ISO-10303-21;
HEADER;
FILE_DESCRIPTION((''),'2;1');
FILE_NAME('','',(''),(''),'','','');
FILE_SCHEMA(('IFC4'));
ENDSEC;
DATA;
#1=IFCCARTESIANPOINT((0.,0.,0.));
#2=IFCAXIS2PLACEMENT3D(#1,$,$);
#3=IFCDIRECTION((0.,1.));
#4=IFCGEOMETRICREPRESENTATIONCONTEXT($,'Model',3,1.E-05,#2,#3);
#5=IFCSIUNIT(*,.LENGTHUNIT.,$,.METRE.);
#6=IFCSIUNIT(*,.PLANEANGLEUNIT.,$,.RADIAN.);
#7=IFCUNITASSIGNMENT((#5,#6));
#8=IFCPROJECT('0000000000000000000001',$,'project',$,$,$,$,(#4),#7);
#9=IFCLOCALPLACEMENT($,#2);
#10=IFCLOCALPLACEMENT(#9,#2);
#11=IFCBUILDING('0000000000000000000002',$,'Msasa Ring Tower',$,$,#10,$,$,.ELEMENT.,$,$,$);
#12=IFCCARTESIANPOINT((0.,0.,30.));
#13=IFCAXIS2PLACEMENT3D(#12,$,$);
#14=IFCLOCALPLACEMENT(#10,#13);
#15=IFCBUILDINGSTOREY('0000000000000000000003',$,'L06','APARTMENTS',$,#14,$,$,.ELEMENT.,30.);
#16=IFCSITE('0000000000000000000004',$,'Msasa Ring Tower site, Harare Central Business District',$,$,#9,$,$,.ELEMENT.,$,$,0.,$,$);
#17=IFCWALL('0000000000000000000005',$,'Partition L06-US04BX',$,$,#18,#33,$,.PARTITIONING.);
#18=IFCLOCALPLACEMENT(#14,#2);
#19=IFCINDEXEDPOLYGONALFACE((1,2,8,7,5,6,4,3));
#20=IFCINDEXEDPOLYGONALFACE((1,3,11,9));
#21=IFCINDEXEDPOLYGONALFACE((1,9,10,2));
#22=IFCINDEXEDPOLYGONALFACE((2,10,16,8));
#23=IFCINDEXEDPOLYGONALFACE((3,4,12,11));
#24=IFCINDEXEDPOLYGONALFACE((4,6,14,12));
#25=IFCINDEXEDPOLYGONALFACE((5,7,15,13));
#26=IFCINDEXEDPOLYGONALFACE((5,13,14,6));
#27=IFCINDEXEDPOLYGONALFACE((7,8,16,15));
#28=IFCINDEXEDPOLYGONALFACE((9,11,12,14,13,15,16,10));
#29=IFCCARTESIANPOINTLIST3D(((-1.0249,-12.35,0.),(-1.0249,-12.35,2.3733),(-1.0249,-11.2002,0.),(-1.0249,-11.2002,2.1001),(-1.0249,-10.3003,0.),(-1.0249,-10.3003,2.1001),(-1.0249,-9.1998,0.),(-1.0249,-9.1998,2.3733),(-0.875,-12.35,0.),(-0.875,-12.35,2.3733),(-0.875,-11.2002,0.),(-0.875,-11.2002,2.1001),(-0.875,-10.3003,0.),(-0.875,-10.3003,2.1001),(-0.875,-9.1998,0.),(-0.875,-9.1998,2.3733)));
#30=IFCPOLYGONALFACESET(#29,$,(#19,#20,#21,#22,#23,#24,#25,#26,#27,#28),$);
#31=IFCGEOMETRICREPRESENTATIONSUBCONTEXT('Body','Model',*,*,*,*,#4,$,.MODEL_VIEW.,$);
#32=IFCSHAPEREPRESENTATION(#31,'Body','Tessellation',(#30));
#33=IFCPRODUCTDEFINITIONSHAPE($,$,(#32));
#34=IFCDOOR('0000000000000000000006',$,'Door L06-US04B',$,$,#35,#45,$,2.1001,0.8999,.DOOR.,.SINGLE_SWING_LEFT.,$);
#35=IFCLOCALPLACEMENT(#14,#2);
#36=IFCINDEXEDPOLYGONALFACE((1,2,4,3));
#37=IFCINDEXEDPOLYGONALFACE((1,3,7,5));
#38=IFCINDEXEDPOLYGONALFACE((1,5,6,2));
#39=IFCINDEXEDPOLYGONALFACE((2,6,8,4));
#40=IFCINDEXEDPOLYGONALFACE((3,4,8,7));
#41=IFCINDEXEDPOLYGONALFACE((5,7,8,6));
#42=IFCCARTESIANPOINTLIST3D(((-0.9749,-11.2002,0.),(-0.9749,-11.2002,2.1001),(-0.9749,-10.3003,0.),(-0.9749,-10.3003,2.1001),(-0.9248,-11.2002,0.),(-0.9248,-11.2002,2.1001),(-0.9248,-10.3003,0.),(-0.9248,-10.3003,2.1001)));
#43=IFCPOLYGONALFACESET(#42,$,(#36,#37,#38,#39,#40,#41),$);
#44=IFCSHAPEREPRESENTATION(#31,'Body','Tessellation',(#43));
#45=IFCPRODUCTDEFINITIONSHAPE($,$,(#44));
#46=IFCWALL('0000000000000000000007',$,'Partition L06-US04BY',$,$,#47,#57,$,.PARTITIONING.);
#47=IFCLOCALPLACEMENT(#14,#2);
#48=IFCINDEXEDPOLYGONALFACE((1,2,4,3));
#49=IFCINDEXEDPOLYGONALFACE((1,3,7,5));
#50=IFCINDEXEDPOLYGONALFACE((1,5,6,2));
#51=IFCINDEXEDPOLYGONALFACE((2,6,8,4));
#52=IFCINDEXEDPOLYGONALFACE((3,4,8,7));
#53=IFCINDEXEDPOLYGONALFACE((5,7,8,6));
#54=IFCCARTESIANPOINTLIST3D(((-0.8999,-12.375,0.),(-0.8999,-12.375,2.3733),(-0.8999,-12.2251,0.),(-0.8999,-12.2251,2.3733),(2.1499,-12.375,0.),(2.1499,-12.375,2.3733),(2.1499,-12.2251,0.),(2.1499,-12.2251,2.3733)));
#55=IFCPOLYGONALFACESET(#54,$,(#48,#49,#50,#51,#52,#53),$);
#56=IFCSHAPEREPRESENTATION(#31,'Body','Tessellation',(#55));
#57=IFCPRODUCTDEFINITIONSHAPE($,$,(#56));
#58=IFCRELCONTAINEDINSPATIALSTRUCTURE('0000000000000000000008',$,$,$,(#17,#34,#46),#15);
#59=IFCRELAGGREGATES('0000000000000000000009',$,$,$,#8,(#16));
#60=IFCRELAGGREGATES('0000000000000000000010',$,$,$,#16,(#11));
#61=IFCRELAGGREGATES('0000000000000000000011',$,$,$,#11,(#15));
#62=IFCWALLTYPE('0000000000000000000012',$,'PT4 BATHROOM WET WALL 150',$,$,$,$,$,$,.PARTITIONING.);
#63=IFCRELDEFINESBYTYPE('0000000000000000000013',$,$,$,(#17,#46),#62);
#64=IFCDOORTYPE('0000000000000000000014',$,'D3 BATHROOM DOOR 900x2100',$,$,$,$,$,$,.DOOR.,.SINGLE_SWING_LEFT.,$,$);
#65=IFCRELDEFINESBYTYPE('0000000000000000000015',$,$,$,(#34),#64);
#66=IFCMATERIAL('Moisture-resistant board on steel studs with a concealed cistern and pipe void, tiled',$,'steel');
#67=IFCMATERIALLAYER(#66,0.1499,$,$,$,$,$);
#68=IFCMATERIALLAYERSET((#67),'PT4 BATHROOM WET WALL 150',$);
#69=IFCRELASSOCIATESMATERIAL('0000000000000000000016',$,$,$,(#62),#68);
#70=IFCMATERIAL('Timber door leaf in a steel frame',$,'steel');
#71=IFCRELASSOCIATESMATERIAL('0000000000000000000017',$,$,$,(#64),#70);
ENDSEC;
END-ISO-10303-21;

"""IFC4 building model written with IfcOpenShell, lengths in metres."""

from ifc_helpers import new_model, si_unit, direction, frame, frame_2d, origin, place, context, subcontext, project, spatial, rectangle, extrude, material, layer, layer_set, type_object, element, fill, save


model = new_model("IFC4")

# Units and contexts
model_context = context("Model", 3, precision=1e-05, world=origin(), true_north=direction((0.0, 1.0)))
body_context = subcontext(model_context, "Body", "Model", "MODEL_VIEW")
ifc_project = project(units=[si_unit("LENGTHUNIT", "METRE"), si_unit("PLANEANGLEUNIT", "RADIAN")], contexts=[model_context])

# Site, building, storey
site_placement = place(None, origin())
site = spatial("IfcSite", under=ifc_project, at=site_placement, Name="Msasa Ring Tower site, Harare Central Business District", CompositionType="ELEMENT", RefElevation=0.0)
building_placement = place(site_placement, origin())
building = spatial("IfcBuilding", under=site, at=building_placement, Name="Msasa Ring Tower", CompositionType="ELEMENT")
storey_placement = place(building_placement, frame((0.0, 0.0, 30.0)))
storey = spatial("IfcBuildingStorey", under=building, at=storey_placement, Name="L06", Description="APARTMENTS", CompositionType="ELEMENT", Elevation=30.0)

# Shared definitions
ifc_material_1 = material(Name="Moisture-resistant board on steel studs with a concealed cistern and pipe void, tiled", Category="steel")
ifc_layer_1 = layer(ifc_material_1, 0.1499)
ifc_layer_set_1 = layer_set([ifc_layer_1], Name="PT4 BATHROOM WET WALL 150")
wall_type_1 = type_object("IfcWallType", Name="PT4 BATHROOM WET WALL 150", PredefinedType="PARTITIONING", material=ifc_layer_set_1)
ifc_material_2 = material(Name="Timber door leaf in a steel frame", Category="steel")
door_type_1 = type_object("IfcDoorType", Name="D3 BATHROOM DOOR 900x2100", OperationType="SINGLE_SWING_LEFT", PredefinedType="DOOR", material=ifc_material_2)

# Wall, opening, door
wall_1_placement = place(storey_placement, frame((-0.95, -12.3501, 0.0), z_axis=(0.0, 0.0, 1.0), x_axis=(0.0, 1.0, 0.0)))
wall_1 = element("IfcWall", 1, at=wall_1_placement, inside=storey, type_object=wall_type_1, Name="Partition L06-US04BX", PredefinedType="PARTITIONING", context=body_context, shape_type="SweptSolid", body=[
    extrude(rectangle(XDim=3.1501, YDim=0.1499, at=frame_2d((1.5752, 0.0))), origin(), (0.0, 0.0, 1.0), 2.3733),
])
opening_1_placement = place(wall_1_placement, frame((1.1499, 0.0, 0.0)))
opening_1 = element("IfcOpeningElement", 2, at=opening_1_placement, cuts=wall_1, PredefinedType="OPENING", context=body_context, shape_type="SweptSolid", body=[
    extrude(rectangle(XDim=0.8999, YDim=2.1001, at=frame_2d((0.45, 1.05))), frame((0.0, 0.085, 0.0), z_axis=(0.0, -1.0, 0.0), x_axis=(1.0, 0.0, 0.0)), (0.0, 0.0, 1.0), 0.1699),
])
door_1_placement = place(opening_1_placement, origin())
door_1 = element("IfcDoor", 3, at=door_1_placement, inside=storey, type_object=door_type_1, Name="Door L06-US04B", OperationType="SINGLE_SWING_LEFT", OverallHeight=2.1001, OverallWidth=0.8999, PredefinedType="DOOR", context=body_context, shape_type="SweptSolid", body=[
    extrude(rectangle(XDim=0.8999, YDim=2.1001, at=frame_2d((0.45, 1.05))), frame((0.0, 0.0249, 0.0), z_axis=(0.0, -1.0, 0.0), x_axis=(1.0, 0.0, 0.0)), (0.0, 0.0, 1.0), 0.05),
])
fill(opening_1, door_1)

# Wall
wall_2_placement = place(storey_placement, frame((-0.8999, -12.3, 0.0), z_axis=(0.0, 0.0, 1.0), x_axis=(1.0, 0.0, 0.0)))
element("IfcWall", 4, at=wall_2_placement, inside=storey, type_object=wall_type_1, Name="Partition L06-US04BY", PredefinedType="PARTITIONING", context=body_context, shape_type="SweptSolid", body=[
    extrude(rectangle(XDim=3.0498, YDim=0.1499, at=frame_2d((1.5249, 0.0))), origin(), (0.0, 0.0, 1.0), 2.3733),
])

save(model, "model.ifc")
